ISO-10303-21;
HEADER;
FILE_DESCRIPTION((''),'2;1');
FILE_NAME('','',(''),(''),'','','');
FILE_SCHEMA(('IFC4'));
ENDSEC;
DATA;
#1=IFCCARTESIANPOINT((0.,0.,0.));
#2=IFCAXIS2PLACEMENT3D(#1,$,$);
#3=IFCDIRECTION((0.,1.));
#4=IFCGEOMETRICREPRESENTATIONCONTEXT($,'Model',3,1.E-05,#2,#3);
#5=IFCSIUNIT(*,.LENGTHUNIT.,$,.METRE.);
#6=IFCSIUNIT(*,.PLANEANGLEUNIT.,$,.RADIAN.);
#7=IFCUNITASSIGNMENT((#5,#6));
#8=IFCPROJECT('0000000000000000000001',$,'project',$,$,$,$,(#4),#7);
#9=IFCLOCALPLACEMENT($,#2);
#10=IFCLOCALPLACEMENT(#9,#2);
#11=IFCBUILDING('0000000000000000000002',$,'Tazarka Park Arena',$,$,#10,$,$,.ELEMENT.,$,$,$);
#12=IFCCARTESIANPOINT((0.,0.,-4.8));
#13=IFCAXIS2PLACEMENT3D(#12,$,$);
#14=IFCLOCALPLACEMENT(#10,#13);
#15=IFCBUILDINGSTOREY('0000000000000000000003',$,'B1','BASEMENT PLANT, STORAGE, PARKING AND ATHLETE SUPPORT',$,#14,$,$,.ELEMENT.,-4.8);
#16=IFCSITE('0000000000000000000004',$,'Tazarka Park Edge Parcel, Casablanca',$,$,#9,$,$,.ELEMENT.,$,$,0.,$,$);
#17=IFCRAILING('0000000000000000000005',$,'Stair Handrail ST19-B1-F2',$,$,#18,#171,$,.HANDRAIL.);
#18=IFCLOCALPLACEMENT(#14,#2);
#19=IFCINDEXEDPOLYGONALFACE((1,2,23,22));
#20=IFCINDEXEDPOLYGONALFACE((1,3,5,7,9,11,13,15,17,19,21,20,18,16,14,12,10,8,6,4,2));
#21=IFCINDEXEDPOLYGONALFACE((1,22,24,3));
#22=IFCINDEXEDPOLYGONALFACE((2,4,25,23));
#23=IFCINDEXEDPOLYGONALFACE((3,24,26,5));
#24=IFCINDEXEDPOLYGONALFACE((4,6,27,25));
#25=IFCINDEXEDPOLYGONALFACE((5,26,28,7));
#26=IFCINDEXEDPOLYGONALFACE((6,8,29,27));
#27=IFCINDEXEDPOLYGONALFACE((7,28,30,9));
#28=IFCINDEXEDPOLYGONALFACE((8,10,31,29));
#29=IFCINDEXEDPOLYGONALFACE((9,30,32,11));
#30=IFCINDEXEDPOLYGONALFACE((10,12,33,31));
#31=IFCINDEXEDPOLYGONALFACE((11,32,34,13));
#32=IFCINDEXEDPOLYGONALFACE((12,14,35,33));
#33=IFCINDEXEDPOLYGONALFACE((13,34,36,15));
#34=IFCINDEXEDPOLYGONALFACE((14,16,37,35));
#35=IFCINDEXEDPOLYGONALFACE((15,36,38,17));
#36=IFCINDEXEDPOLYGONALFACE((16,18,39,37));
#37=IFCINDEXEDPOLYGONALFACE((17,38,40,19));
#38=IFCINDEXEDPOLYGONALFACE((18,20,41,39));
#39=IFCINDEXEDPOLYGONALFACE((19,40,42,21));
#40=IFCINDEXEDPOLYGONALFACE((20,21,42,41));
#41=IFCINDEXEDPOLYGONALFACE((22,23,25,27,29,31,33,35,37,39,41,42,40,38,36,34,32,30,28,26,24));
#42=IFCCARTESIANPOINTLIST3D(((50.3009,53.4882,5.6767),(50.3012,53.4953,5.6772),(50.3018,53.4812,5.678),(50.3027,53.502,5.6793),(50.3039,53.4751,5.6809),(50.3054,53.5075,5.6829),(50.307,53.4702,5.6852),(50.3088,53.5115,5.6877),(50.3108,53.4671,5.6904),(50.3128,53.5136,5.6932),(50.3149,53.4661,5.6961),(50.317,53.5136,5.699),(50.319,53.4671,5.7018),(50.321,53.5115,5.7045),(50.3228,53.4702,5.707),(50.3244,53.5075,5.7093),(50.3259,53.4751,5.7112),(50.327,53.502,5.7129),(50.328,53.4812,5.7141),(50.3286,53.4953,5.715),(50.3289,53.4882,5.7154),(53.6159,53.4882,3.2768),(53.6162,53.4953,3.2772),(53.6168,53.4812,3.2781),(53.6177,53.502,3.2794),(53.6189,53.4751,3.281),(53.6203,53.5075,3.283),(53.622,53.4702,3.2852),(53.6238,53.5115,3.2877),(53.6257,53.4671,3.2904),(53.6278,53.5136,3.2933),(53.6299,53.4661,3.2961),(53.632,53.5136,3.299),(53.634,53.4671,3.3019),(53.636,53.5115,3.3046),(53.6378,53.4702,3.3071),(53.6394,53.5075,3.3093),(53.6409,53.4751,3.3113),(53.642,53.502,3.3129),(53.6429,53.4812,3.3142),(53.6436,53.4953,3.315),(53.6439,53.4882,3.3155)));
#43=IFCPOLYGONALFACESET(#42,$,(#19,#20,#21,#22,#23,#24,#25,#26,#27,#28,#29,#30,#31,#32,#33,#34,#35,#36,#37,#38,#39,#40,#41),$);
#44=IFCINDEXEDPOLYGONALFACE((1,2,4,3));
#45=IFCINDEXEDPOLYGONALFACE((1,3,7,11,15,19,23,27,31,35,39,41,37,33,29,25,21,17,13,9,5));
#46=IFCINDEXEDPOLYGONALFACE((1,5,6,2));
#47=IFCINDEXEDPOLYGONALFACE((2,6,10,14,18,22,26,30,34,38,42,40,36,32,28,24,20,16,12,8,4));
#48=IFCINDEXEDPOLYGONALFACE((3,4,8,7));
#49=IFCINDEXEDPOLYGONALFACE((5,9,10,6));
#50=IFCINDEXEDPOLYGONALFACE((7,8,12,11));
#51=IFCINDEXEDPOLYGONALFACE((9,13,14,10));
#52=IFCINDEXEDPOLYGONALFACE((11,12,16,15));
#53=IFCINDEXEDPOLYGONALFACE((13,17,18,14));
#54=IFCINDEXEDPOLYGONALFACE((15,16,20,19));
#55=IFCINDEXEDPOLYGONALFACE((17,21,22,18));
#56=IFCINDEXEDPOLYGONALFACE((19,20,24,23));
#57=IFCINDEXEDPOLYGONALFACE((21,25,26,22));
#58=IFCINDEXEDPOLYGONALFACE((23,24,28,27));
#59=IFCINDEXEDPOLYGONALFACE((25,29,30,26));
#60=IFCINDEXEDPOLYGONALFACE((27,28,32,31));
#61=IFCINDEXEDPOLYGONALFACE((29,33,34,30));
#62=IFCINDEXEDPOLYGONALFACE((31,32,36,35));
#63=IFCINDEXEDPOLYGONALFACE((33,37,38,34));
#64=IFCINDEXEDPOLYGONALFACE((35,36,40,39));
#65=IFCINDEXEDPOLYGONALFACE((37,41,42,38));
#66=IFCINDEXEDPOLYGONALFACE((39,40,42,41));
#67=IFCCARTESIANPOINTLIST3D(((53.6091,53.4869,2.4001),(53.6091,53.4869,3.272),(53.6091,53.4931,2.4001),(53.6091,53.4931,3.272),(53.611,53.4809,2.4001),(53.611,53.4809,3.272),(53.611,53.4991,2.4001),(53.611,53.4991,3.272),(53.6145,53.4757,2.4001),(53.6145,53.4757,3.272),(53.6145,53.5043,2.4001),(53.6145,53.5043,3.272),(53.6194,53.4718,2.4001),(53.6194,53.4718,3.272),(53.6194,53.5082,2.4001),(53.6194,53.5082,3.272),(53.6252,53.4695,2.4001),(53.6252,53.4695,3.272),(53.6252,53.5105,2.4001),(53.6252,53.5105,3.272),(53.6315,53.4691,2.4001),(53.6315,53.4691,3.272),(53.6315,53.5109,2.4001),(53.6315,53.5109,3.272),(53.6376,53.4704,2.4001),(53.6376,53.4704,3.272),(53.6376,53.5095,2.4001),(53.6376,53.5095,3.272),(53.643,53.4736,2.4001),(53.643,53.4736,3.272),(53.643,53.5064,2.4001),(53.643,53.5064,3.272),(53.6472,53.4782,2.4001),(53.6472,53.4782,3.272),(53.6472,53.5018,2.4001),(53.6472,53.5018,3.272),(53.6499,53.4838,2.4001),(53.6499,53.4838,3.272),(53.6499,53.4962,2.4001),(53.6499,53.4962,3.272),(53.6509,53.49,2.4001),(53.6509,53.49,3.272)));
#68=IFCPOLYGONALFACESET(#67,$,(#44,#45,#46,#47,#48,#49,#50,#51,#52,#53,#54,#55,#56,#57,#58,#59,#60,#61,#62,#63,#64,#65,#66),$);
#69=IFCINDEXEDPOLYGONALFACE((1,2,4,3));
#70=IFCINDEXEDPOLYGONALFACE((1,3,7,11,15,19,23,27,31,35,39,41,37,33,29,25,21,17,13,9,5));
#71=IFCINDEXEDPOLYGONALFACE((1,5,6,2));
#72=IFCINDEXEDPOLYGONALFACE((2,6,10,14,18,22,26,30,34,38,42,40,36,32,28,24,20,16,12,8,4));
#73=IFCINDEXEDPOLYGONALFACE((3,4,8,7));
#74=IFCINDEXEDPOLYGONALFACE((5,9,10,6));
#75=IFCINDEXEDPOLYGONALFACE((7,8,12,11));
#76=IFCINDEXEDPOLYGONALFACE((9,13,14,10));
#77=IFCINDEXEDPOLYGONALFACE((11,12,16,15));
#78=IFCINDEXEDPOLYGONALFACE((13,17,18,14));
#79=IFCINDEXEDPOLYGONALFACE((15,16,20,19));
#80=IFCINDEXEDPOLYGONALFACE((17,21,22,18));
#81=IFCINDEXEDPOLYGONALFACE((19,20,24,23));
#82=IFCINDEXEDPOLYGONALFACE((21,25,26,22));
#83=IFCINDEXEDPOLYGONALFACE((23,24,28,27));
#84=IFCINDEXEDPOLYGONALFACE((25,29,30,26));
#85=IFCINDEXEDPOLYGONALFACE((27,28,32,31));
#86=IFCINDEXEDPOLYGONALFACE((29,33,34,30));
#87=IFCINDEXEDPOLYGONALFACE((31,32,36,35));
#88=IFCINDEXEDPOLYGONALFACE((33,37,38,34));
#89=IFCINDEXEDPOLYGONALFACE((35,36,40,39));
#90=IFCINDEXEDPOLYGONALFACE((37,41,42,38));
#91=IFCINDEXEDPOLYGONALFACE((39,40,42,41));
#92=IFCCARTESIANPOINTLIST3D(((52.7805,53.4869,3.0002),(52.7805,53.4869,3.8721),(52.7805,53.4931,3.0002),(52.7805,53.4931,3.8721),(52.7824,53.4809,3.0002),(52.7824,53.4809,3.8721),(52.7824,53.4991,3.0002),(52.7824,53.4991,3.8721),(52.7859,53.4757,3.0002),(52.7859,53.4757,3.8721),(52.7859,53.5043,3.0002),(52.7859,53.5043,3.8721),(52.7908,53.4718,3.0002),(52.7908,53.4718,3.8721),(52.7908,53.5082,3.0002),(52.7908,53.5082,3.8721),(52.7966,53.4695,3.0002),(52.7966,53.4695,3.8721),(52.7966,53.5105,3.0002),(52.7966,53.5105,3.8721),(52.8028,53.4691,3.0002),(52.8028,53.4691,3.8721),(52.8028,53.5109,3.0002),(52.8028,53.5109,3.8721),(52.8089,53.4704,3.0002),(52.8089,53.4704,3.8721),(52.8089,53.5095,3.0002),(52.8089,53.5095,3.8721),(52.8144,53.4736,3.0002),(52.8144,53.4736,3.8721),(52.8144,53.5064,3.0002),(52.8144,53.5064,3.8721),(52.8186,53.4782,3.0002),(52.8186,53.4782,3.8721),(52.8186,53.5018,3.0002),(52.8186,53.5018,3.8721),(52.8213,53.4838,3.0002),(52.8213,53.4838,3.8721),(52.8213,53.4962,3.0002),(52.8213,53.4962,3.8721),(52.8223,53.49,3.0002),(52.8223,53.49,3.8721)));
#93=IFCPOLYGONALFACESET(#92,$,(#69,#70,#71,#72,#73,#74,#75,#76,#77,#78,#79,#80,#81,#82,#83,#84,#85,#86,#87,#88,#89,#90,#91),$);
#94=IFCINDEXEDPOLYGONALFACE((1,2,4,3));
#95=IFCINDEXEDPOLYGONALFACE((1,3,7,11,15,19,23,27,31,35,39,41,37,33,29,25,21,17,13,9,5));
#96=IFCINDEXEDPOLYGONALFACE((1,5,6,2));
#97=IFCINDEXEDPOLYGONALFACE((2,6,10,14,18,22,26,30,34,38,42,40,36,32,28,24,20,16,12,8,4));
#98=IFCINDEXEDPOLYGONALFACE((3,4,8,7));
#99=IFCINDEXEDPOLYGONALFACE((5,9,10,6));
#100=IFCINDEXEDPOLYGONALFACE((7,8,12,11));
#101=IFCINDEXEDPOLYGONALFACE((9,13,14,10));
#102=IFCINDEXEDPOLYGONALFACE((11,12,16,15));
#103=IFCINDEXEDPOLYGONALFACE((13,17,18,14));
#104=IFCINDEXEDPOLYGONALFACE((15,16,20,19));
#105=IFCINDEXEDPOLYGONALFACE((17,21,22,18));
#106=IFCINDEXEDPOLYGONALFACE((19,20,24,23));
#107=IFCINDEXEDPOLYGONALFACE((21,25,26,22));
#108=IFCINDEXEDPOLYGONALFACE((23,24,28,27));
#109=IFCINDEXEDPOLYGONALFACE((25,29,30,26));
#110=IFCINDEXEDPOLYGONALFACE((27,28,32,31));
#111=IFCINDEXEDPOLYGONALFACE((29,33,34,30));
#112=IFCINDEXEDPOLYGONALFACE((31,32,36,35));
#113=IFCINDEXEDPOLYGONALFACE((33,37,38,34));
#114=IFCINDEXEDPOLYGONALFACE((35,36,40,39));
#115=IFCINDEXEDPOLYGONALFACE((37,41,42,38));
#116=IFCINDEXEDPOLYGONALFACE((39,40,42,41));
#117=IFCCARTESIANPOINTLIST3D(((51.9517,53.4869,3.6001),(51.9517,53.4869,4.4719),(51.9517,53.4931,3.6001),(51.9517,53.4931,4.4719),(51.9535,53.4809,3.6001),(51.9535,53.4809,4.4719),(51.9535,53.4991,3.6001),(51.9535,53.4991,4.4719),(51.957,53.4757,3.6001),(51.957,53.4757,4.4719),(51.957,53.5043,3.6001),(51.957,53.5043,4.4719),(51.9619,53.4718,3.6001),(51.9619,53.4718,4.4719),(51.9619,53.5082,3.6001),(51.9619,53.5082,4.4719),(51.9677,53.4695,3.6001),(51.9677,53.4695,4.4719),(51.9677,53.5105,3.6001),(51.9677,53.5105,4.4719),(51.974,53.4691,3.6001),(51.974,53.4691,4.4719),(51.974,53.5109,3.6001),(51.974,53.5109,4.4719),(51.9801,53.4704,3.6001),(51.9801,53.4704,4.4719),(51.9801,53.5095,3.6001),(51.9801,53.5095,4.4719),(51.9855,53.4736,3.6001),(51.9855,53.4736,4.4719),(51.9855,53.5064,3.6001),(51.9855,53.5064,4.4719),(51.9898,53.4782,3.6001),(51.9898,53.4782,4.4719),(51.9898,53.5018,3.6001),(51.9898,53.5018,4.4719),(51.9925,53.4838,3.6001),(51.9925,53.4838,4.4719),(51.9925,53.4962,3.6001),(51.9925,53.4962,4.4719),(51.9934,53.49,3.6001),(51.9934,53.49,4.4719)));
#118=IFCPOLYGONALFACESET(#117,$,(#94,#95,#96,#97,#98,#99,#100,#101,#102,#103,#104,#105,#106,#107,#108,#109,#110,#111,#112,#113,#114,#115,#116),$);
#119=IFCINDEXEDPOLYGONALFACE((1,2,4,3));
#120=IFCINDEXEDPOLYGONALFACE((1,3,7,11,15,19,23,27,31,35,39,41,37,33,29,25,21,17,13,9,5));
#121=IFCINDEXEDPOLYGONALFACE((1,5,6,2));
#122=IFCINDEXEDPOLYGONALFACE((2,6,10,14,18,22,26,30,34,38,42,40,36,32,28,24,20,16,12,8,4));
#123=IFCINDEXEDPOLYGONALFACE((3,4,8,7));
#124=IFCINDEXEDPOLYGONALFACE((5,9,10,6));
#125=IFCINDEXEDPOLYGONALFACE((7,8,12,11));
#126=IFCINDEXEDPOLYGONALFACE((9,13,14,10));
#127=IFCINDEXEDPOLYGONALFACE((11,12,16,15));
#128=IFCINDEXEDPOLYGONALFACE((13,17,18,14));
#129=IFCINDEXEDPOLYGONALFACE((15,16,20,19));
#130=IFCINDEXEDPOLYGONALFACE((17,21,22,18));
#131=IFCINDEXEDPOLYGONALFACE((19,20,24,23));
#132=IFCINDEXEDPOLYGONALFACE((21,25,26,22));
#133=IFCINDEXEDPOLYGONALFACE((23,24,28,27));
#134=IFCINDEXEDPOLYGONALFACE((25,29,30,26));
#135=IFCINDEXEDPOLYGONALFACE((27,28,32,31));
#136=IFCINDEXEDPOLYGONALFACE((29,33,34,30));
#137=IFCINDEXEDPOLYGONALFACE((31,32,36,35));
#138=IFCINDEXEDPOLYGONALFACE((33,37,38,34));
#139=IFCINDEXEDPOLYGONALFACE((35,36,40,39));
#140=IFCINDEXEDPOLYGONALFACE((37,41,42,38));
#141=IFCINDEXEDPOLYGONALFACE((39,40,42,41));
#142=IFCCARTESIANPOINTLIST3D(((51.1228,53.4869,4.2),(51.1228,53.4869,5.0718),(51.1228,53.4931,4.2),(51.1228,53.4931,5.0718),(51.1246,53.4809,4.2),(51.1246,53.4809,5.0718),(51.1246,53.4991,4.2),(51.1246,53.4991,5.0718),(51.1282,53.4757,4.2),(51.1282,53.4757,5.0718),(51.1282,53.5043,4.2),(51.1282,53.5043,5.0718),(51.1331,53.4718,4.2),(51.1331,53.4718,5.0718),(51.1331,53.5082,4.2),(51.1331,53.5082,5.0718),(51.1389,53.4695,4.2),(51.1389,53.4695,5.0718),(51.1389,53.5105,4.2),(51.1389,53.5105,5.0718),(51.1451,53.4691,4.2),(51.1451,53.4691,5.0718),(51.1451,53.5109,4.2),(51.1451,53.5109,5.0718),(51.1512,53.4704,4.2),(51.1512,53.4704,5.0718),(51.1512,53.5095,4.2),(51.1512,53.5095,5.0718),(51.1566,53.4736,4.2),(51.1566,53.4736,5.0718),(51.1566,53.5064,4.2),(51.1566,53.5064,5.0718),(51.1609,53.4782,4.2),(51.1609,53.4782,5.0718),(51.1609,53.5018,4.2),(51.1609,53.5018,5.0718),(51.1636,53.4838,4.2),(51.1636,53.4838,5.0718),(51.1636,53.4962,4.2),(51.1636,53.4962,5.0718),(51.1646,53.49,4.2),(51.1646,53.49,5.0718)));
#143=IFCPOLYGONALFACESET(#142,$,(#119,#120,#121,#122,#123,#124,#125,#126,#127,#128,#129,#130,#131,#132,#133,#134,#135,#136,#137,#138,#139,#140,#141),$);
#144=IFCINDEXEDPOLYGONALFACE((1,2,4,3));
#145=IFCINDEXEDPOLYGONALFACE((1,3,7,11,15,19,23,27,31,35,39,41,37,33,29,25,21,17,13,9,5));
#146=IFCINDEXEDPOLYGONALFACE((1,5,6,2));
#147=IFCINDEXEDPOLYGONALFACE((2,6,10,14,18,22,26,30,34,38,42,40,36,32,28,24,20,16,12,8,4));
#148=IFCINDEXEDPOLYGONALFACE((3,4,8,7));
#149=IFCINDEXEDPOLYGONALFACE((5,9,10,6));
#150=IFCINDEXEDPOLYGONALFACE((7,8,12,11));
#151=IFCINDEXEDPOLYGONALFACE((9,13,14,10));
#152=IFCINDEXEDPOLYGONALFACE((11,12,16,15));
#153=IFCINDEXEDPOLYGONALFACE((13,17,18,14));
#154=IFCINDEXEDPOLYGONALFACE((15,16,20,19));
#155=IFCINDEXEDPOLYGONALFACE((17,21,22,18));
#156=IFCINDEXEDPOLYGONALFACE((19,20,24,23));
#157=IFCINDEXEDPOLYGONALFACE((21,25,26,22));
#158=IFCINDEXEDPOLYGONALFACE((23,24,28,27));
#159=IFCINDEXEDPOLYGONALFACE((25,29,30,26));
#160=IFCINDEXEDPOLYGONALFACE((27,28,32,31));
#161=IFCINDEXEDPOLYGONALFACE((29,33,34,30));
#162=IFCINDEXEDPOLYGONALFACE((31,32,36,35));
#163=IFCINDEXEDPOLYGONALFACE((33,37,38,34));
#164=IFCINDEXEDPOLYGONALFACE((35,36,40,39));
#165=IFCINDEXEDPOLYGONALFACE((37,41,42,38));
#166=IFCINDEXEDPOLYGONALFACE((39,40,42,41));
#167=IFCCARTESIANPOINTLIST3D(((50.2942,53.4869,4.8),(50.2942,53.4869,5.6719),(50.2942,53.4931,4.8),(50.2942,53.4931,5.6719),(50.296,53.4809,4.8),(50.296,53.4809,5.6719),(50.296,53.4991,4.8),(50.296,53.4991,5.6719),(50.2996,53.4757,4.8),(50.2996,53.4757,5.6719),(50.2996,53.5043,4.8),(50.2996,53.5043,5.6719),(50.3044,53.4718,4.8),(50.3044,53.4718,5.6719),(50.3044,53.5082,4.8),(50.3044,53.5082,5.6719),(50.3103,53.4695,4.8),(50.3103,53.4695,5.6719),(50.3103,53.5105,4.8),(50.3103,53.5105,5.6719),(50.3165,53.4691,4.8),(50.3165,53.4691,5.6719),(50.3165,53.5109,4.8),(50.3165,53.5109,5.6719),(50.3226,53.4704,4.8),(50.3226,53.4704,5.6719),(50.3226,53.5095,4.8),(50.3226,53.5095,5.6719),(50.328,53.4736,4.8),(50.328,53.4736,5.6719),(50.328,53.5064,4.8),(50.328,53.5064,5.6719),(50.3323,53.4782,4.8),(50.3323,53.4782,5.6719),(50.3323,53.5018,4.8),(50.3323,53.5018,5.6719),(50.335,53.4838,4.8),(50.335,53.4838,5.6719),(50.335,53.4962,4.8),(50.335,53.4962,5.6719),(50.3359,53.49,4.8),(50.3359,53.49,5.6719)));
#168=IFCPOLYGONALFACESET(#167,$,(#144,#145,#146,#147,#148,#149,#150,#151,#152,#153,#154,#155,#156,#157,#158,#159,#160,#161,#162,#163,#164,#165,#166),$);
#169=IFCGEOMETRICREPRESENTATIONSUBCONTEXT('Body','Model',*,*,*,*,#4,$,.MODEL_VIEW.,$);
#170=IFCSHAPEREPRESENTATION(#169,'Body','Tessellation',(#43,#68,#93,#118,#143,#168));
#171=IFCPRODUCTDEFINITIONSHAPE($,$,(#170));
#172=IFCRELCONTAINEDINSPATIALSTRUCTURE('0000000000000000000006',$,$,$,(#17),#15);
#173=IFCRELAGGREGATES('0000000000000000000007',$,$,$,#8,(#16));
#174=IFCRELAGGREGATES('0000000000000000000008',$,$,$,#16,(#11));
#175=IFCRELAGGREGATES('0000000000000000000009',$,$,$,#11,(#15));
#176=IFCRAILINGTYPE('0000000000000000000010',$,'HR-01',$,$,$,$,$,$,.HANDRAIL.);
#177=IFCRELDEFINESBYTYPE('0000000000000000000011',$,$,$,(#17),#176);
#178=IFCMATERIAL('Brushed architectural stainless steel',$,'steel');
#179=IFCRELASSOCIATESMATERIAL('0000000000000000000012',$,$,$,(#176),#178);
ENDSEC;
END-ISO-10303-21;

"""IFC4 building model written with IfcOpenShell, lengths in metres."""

from ifc_helpers import new_model, si_unit, direction, frame, origin, origin_2d, place, context, subcontext, project, spatial, circle, extrude, material, type_object, element, save


model = new_model("IFC4")

# Units and contexts
model_context = context("Model", 3, precision=1e-05, world=origin(), true_north=direction((0.0, 1.0)))
body_context = subcontext(model_context, "Body", "Model", "MODEL_VIEW")
ifc_project = project(units=[si_unit("LENGTHUNIT", "METRE"), si_unit("PLANEANGLEUNIT", "RADIAN")], contexts=[model_context])

# Site, building, storey
site_placement = place(None, origin())
site = spatial("IfcSite", under=ifc_project, at=site_placement, Name="Tazarka Park Edge Parcel, Casablanca", CompositionType="ELEMENT", RefElevation=0.0)
building_placement = place(site_placement, origin())
building = spatial("IfcBuilding", under=site, at=building_placement, Name="Tazarka Park Arena", CompositionType="ELEMENT")
storey_placement = place(building_placement, frame((0.0, 0.0, -4.8)))
storey = spatial("IfcBuildingStorey", under=building, at=storey_placement, Name="B1", Description="BASEMENT PLANT, STORAGE, PARKING AND ATHLETE SUPPORT", CompositionType="ELEMENT", Elevation=-4.8)

# Railing
ifc_material_1 = material(Name="Brushed architectural stainless steel", Category="steel")
railing_type_1 = type_object("IfcRailingType", Name="HR-01", PredefinedType="HANDRAIL", material=ifc_material_1)
railing_1_placement = place(storey_placement, frame((53.6299, 53.49, 2.4001)))
element("IfcRailing", 1, at=railing_1_placement, inside=storey, type_object=railing_type_1, Name="Stair Handrail ST19-B1-F2", PredefinedType="HANDRAIL", context=body_context, shape_type="SweptSolid", body=[
    extrude(circle(Radius=0.0239, at=origin_2d()), frame((0.0, 0.0, 0.896), z_axis=(-0.810009, 0.0, 0.586418), x_axis=(0.0, -1.0, 0.0)), (0.0, 0.0, 1.0), 4.0925),
    extrude(circle(Radius=0.021, at=origin_2d()), origin(), (0.0, 0.0, 1.0), 0.8718),
    extrude(circle(Radius=0.021, at=origin_2d()), frame((-0.8286, 0.0, 0.6001)), (0.0, 0.0, 1.0), 0.8718),
    extrude(circle(Radius=0.021, at=origin_2d()), frame((-1.6575, 0.0, 1.2)), (0.0, 0.0, 1.0), 0.8718),
    extrude(circle(Radius=0.021, at=origin_2d()), frame((-2.4863, 0.0, 1.7998)), (0.0, 0.0, 1.0), 0.8718),
    extrude(circle(Radius=0.021, at=origin_2d()), frame((-3.3149, 0.0, 2.3999)), (0.0, 0.0, 1.0), 0.8718),
])

save(model, "model.ifc")
